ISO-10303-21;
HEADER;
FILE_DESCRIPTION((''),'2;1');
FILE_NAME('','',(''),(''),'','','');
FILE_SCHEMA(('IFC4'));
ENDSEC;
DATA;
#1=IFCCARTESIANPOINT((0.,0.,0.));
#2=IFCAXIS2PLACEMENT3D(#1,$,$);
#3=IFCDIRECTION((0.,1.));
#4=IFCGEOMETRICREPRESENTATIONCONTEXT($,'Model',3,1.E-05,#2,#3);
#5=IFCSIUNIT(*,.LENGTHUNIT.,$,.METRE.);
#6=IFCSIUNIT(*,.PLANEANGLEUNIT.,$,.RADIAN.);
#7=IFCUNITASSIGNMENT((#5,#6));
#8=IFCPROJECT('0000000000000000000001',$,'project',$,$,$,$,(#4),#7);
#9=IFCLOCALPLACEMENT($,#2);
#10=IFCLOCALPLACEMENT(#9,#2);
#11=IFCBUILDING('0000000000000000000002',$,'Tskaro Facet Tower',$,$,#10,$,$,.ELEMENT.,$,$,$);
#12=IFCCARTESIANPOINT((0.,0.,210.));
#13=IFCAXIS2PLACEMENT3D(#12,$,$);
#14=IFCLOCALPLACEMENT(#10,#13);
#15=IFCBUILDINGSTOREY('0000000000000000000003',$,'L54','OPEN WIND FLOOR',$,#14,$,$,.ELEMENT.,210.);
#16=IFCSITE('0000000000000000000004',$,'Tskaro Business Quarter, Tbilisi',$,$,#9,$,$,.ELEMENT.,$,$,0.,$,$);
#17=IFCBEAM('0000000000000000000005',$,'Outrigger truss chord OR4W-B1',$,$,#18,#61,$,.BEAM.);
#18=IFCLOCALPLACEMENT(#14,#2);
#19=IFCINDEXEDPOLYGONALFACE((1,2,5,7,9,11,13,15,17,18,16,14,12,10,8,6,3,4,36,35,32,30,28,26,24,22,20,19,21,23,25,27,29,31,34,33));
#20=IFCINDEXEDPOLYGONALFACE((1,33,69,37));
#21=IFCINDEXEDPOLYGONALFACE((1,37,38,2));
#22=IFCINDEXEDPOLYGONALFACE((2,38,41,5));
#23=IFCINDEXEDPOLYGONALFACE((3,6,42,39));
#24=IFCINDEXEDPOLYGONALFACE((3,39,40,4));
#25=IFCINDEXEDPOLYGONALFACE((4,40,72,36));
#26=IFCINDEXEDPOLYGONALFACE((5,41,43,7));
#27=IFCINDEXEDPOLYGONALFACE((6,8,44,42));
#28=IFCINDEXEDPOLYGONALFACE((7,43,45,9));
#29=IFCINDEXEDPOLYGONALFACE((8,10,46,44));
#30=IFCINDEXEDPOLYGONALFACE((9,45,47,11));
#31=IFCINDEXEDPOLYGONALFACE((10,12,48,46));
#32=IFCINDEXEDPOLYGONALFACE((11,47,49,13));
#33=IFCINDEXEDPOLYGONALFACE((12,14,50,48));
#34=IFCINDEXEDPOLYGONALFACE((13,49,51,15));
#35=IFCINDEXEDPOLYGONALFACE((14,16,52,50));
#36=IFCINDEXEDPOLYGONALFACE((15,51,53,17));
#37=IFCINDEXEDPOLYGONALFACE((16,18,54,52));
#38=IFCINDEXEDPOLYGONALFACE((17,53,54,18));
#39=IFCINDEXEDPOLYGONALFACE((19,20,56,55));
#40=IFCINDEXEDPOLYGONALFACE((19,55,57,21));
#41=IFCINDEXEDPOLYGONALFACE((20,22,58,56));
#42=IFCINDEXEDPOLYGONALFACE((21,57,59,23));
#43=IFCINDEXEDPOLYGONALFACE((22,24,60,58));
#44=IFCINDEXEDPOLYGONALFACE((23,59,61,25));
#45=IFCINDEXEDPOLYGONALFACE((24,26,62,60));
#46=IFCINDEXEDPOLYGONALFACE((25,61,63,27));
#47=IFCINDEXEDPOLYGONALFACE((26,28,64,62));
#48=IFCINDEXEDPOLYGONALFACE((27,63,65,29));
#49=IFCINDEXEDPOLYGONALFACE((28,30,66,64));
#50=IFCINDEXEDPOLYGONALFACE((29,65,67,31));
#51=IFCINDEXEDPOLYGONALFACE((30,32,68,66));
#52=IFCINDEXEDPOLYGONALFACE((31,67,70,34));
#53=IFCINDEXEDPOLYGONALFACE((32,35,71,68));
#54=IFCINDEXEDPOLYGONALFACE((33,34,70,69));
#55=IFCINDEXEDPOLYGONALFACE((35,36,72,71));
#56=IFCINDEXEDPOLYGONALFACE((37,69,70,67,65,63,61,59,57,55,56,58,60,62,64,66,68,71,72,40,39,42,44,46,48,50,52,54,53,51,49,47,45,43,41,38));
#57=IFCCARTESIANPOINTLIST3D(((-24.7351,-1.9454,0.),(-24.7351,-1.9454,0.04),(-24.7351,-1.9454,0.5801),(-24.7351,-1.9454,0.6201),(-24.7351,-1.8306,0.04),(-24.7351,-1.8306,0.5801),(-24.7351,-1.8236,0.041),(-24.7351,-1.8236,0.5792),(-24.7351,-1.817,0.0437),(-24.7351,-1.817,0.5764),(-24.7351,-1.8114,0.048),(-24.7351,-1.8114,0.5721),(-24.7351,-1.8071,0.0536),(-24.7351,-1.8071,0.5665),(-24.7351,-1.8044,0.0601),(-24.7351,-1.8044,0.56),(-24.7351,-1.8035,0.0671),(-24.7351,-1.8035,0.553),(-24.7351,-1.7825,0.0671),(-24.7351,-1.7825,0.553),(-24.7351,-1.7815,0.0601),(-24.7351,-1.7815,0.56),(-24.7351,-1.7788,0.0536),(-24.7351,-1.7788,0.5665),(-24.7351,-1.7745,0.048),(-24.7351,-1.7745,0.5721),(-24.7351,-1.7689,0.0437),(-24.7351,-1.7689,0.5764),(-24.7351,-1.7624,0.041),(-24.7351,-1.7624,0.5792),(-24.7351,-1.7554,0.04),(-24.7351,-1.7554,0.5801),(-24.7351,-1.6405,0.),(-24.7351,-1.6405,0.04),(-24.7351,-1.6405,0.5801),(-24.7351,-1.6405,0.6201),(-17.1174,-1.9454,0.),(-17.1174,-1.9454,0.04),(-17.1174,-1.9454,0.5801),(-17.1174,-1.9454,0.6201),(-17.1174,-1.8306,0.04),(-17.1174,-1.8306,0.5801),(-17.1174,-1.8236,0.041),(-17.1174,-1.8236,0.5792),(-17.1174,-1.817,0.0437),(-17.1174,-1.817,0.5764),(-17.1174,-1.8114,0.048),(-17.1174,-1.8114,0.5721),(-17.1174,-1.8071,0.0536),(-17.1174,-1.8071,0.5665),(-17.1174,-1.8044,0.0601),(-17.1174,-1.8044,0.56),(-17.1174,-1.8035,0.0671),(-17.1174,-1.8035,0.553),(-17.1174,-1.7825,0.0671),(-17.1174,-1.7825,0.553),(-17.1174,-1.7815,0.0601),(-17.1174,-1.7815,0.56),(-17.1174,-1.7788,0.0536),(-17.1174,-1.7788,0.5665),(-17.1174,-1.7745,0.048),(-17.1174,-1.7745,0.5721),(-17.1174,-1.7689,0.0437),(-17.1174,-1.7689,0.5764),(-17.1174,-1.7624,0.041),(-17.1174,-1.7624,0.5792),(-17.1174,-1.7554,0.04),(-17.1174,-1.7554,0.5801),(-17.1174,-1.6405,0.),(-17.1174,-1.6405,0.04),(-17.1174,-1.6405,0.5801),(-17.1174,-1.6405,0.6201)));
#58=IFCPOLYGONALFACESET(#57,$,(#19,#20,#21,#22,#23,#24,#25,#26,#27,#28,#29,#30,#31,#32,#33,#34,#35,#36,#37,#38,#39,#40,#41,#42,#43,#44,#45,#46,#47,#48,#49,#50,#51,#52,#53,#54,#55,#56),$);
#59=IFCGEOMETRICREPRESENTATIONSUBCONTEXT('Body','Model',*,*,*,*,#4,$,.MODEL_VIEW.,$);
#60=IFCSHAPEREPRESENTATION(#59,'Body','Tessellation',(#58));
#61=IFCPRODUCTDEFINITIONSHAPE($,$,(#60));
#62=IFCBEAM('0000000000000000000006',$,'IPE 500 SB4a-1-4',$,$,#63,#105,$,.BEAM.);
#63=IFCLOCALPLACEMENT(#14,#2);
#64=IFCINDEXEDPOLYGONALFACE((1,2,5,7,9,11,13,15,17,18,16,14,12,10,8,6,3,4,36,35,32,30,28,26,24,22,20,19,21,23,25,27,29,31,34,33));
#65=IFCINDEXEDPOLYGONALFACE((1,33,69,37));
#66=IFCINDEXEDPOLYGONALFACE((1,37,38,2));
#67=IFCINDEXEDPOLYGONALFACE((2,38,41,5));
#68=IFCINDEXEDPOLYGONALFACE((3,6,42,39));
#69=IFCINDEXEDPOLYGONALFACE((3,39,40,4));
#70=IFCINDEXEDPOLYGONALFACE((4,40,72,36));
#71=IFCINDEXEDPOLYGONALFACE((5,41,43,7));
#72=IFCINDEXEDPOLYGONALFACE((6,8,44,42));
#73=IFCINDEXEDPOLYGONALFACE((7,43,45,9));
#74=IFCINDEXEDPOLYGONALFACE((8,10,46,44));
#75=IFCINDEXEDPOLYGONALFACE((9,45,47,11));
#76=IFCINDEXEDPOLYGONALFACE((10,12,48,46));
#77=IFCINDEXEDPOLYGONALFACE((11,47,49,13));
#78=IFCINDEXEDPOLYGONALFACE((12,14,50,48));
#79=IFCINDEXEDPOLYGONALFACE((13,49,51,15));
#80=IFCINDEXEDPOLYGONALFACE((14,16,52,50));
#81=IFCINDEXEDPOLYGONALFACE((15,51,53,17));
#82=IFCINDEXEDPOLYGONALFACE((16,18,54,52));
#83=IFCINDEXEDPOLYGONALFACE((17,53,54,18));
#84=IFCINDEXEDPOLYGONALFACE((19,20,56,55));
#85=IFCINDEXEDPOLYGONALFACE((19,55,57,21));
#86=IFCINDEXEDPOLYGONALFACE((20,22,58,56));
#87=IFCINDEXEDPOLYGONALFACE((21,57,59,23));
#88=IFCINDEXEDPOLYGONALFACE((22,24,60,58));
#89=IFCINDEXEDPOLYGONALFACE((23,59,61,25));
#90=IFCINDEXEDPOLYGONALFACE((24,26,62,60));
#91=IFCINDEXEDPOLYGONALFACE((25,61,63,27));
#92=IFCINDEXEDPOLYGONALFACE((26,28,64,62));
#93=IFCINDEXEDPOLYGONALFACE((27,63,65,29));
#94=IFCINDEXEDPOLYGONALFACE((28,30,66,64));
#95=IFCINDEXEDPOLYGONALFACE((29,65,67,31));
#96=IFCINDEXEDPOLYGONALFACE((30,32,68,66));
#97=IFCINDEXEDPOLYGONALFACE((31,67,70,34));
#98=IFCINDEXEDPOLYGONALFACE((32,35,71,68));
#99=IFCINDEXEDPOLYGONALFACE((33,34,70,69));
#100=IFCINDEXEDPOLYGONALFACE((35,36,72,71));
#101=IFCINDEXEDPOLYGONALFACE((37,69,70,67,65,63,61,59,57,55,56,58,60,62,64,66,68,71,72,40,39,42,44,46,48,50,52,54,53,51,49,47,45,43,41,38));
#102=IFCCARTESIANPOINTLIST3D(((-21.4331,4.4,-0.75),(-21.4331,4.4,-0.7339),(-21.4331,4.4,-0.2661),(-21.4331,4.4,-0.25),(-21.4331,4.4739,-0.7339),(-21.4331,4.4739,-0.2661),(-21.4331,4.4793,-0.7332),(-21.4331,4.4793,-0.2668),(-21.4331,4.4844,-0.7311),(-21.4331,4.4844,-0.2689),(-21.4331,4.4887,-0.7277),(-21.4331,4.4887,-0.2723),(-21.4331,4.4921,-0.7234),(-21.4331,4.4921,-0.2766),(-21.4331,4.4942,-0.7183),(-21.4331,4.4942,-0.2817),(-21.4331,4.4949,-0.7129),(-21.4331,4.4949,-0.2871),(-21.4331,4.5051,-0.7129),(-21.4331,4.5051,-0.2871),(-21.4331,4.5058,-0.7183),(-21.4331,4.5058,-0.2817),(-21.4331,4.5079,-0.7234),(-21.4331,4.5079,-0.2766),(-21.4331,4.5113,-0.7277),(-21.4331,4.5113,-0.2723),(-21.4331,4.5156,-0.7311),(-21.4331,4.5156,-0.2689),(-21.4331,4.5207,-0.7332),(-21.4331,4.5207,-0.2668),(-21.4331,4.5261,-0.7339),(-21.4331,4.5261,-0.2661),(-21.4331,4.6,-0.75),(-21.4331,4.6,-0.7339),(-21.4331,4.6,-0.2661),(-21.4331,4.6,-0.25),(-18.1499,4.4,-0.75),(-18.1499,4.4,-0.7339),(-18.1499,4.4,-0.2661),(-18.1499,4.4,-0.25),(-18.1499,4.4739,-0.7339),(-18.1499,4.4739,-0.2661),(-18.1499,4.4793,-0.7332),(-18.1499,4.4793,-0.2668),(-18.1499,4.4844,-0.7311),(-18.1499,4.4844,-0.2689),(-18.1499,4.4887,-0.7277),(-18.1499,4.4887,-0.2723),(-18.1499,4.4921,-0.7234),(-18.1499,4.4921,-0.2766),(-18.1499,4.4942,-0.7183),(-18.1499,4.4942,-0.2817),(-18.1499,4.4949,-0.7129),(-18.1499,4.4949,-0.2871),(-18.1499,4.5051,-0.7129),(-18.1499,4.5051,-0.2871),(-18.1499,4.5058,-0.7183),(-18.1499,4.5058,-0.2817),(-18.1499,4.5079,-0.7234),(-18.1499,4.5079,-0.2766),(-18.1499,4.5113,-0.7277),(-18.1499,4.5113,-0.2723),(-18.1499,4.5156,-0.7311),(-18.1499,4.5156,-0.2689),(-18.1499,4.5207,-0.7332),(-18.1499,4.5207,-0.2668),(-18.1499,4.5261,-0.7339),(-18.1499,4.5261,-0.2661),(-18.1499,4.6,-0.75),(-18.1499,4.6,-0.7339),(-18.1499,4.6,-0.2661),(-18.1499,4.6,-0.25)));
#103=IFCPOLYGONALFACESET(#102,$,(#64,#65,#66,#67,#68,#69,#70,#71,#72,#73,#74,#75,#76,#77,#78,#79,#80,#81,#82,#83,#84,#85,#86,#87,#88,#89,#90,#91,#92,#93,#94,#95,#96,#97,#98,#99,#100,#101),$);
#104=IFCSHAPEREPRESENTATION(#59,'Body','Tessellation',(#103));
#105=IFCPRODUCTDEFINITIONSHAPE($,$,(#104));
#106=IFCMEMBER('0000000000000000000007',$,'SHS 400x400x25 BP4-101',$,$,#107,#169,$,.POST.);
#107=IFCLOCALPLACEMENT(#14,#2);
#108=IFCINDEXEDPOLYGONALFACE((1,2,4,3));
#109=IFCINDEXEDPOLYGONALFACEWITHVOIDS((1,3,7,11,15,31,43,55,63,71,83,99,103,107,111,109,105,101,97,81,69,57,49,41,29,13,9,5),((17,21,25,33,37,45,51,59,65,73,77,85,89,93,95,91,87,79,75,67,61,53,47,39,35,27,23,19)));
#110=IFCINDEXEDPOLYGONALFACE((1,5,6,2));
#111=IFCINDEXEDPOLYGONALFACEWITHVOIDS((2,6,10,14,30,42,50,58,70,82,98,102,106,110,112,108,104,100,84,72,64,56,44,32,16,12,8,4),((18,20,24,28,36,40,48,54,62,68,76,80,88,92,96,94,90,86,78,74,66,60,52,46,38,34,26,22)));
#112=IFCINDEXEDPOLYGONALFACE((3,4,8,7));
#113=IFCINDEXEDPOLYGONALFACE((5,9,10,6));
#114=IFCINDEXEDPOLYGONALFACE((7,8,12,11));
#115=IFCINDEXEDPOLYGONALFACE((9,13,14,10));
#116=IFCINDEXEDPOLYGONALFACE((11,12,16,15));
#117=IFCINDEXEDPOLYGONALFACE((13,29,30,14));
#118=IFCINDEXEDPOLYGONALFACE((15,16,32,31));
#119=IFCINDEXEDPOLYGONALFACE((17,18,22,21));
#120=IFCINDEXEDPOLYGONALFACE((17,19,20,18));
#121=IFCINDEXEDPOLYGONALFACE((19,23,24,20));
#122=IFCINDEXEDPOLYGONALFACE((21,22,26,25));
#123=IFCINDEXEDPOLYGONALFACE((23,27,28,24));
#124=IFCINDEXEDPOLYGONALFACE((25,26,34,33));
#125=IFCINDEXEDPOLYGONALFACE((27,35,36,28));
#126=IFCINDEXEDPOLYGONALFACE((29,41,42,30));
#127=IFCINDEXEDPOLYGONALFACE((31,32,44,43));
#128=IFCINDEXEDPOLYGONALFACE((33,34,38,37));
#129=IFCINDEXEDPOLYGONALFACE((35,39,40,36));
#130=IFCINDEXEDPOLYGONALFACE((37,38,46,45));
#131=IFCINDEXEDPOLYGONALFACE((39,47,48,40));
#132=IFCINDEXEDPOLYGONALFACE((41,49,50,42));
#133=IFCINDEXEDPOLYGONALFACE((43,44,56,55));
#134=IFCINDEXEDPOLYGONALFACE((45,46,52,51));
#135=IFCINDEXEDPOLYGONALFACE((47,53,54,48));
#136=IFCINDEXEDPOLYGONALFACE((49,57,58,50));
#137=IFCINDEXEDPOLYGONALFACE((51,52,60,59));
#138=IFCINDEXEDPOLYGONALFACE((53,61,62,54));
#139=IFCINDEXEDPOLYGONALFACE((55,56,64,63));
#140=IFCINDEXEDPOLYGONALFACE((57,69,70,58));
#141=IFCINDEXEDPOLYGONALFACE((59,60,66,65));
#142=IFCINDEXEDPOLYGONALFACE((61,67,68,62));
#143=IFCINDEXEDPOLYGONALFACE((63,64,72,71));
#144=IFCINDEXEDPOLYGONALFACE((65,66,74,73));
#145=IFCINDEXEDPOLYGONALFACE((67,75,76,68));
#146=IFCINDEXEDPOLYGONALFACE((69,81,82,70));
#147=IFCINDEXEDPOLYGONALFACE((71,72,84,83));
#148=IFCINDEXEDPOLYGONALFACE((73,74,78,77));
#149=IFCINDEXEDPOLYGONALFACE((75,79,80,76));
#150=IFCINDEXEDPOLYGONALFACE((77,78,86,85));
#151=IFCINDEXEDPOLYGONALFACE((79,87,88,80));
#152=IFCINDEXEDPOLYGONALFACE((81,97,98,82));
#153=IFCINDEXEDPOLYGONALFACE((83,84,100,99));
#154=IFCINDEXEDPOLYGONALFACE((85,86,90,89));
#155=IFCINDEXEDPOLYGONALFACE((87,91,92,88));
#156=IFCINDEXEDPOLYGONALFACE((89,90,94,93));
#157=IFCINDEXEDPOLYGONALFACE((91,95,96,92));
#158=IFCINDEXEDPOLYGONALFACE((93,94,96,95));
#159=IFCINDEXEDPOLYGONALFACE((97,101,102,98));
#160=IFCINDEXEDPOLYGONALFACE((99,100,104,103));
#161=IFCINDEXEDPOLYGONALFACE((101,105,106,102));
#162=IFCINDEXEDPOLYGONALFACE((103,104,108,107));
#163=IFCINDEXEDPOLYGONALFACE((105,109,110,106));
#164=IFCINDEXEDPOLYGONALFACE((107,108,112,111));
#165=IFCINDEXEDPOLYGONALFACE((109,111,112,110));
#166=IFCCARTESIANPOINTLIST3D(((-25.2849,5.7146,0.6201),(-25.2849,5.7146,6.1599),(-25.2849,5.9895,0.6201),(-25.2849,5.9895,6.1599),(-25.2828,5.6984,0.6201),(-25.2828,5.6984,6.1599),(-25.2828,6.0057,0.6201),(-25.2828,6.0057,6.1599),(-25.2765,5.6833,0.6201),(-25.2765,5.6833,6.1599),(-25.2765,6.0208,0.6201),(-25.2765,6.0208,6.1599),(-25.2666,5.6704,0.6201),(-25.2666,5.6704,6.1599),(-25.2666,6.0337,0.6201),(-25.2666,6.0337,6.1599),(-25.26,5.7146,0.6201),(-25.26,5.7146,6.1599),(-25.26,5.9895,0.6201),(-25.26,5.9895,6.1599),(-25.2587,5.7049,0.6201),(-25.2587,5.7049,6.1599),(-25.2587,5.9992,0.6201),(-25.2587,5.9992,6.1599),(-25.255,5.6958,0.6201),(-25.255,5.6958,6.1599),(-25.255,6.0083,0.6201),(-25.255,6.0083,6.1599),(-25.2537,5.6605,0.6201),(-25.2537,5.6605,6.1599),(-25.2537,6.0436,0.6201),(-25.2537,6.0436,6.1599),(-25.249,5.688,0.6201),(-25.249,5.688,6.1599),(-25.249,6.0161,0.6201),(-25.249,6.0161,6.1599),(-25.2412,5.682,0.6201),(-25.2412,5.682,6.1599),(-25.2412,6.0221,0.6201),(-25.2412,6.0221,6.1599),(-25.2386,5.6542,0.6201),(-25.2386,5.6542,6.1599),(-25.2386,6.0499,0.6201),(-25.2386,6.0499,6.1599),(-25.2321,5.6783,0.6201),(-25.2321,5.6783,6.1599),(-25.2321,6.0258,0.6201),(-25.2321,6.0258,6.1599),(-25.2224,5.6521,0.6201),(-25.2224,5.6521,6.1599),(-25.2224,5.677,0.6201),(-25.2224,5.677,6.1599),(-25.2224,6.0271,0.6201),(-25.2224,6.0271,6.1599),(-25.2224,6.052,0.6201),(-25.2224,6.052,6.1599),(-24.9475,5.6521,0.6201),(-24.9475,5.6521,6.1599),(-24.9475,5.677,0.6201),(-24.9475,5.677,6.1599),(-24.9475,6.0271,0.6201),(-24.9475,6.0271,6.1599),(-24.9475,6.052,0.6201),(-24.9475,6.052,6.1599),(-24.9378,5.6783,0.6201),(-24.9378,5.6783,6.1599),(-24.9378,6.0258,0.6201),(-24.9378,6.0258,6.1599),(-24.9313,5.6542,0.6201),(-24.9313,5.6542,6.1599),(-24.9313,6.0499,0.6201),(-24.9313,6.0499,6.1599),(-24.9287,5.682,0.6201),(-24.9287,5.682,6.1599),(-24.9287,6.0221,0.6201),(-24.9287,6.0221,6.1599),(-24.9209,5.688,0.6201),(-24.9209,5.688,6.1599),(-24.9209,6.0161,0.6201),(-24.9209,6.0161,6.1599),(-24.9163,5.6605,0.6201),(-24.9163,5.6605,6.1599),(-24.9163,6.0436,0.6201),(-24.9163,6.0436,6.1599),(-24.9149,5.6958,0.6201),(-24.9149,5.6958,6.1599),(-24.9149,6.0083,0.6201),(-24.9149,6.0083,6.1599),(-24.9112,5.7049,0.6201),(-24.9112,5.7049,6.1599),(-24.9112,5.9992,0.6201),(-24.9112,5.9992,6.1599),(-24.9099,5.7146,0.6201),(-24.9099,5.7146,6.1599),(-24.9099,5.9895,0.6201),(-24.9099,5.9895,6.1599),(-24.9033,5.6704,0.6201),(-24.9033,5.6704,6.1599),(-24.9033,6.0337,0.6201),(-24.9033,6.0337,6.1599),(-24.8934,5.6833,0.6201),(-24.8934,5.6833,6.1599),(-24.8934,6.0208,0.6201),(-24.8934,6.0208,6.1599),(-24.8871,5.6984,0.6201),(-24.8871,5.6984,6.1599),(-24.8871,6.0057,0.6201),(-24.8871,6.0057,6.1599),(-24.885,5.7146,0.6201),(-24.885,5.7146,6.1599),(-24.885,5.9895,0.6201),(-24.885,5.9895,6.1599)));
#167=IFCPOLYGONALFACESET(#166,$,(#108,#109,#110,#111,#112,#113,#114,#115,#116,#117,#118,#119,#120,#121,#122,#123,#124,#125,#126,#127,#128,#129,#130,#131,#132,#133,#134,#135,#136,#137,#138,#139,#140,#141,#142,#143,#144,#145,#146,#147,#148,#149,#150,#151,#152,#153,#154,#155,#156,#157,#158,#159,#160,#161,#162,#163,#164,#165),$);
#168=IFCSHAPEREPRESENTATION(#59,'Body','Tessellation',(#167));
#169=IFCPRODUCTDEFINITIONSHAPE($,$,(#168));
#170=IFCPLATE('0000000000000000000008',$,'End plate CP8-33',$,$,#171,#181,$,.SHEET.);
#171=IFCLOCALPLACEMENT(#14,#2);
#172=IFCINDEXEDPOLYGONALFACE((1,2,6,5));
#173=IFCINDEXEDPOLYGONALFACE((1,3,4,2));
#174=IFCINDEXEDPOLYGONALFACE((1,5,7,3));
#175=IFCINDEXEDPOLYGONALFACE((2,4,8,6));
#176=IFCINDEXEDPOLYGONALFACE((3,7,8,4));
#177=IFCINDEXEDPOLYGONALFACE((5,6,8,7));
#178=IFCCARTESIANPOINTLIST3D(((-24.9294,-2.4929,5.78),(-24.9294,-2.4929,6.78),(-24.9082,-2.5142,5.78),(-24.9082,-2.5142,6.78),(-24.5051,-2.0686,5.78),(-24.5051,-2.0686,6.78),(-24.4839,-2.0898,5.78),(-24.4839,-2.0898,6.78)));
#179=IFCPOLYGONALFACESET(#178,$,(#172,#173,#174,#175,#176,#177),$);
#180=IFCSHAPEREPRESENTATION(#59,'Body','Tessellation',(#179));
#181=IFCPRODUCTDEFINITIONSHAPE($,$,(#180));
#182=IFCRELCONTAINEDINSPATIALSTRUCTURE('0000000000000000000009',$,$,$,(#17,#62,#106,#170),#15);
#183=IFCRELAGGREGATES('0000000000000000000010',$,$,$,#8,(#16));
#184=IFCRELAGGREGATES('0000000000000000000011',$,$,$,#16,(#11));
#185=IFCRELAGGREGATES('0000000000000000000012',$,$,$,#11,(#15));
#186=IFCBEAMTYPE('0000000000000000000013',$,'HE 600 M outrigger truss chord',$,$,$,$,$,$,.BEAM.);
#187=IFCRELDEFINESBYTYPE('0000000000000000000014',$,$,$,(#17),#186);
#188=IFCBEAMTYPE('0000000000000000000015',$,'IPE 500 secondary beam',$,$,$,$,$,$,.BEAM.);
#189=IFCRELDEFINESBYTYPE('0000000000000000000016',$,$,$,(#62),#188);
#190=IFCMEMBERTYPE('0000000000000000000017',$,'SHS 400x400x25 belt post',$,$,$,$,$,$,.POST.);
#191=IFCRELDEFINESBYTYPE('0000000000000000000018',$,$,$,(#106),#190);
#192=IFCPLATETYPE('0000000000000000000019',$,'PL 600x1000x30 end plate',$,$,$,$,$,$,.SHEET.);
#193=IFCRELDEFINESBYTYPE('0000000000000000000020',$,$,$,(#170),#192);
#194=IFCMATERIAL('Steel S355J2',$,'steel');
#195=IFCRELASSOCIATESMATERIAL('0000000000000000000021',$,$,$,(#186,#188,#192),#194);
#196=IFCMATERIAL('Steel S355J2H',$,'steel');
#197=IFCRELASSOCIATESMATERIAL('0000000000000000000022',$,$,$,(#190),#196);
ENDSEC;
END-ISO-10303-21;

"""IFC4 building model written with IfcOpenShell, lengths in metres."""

from ifc_helpers import new_model, si_unit, direction, frame, origin, origin_2d, place, context, subcontext, project, spatial, rectangle, hollow_rectangle, i_section, extrude, material, material_profile, profile_set, type_object, element, save


model = new_model("IFC4")

# Units and contexts
model_context = context("Model", 3, precision=1e-05, world=origin(), true_north=direction((0.0, 1.0)))
body_context = subcontext(model_context, "Body", "Model", "MODEL_VIEW")
ifc_project = project(units=[si_unit("LENGTHUNIT", "METRE"), si_unit("PLANEANGLEUNIT", "RADIAN")], contexts=[model_context])

# Site, building, storey
site_placement = place(None, origin())
site = spatial("IfcSite", under=ifc_project, at=site_placement, Name="Tskaro Business Quarter, Tbilisi", CompositionType="ELEMENT", RefElevation=0.0)
building_placement = place(site_placement, origin())
building = spatial("IfcBuilding", under=site, at=building_placement, Name="Tskaro Facet Tower", CompositionType="ELEMENT")
storey_placement = place(building_placement, frame((0.0, 0.0, 210.0)))
storey = spatial("IfcBuildingStorey", under=building, at=storey_placement, Name="L54", Description="OPEN WIND FLOOR", CompositionType="ELEMENT", Elevation=210.0)

# Shared definitions
ifc_material_1 = material(Name="Steel S355J2H", Category="steel")

# Shared definitions
ifc_material_2 = material(Name="Steel S355J2", Category="steel")

# Beams
ifc_material_profile_1 = material_profile(ifc_material_2, i_section(OverallWidth=0.3049, OverallDepth=0.6201, WebThickness=0.021, FlangeThickness=0.04, FilletRadius=0.0271, at=origin_2d()), Name="HE 600 M")
ifc_profile_set_1 = profile_set([ifc_material_profile_1], Name="Steel S355J2")
beam_type_1 = type_object("IfcBeamType", Name="HE 600 M outrigger truss chord", PredefinedType="BEAM", material=ifc_profile_set_1)
for number, where, z_axis, x_axis, name in (
    (1, (-24.7351, -1.793, 0.3101), (1.0, 0.0, 0.0), (0.0, 1.0, 0.0), "Outrigger truss chord OR4W-B1"),
):
    element("IfcBeam", number, at=place(storey_placement, frame(where, z_axis=z_axis, x_axis=x_axis)), inside=storey, type_object=beam_type_1, Name=name, PredefinedType="BEAM", context=body_context, shape_type="SweptSolid", body=[
        extrude(i_section(OverallWidth=0.3049, OverallDepth=0.6201, WebThickness=0.021, FlangeThickness=0.04, FilletRadius=0.0271, at=origin_2d()), origin(), (0.0, 0.0, 1.0), 7.6177),
    ])
ifc_material_profile_2 = material_profile(ifc_material_2, i_section(OverallWidth=0.2, OverallDepth=0.5, WebThickness=0.0103, FlangeThickness=0.0161, FilletRadius=0.021, at=origin_2d()), Name="IPE 500")
ifc_profile_set_2 = profile_set([ifc_material_profile_2], Name="Steel S355J2")
beam_type_2 = type_object("IfcBeamType", Name="IPE 500 secondary beam", PredefinedType="BEAM", material=ifc_profile_set_2)
beam_1_placement = place(storey_placement, frame((-21.4331, 4.5, -0.5), z_axis=(1.0, 0.0, 0.0), x_axis=(0.0, 1.0, 0.0)))
element("IfcBeam", 2, at=beam_1_placement, inside=storey, type_object=beam_type_2, Name="IPE 500 SB4a-1-4", PredefinedType="BEAM", context=body_context, shape_type="SweptSolid", body=[
    extrude(i_section(OverallWidth=0.2, OverallDepth=0.5, WebThickness=0.0103, FlangeThickness=0.0161, FilletRadius=0.021, at=origin_2d()), origin(), (0.0, 0.0, 1.0), 3.2832),
])

# Member
ifc_material_profile_3 = material_profile(ifc_material_1, hollow_rectangle(XDim=0.3999, YDim=0.3999, WallThickness=0.0249, InnerFilletRadius=0.0376, OuterFilletRadius=0.0625, at=origin_2d()), Name="SHS 400x400x25")
ifc_profile_set_3 = profile_set([ifc_material_profile_3], Name="Steel S355J2H")
member_type_1 = type_object("IfcMemberType", Name="SHS 400x400x25 belt post", PredefinedType="POST", material=ifc_profile_set_3)
member_1_placement = place(storey_placement, frame((-25.085, 5.8521, 0.6201), z_axis=(0.0, 0.0, 1.0), x_axis=(1.0, 0.0, 0.0)))
element("IfcMember", 3, at=member_1_placement, inside=storey, type_object=member_type_1, Name="SHS 400x400x25 BP4-101", PredefinedType="POST", context=body_context, shape_type="SweptSolid", body=[
    extrude(hollow_rectangle(XDim=0.3999, YDim=0.3999, WallThickness=0.0249, InnerFilletRadius=0.0376, OuterFilletRadius=0.0625, at=origin_2d()), origin(), (0.0, 0.0, 1.0), 5.5398),
])

# Plate
ifc_material_profile_4 = material_profile(ifc_material_2, rectangle(XDim=0.6001, YDim=1.0, at=origin_2d()), Name="PL 600x1000x30 end plate")
ifc_profile_set_4 = profile_set([ifc_material_profile_4], Name="Steel S355J2")
plate_type = type_object("IfcPlateType", Name="PL 600x1000x30 end plate", PredefinedType="SHEET", material=ifc_profile_set_4)
plate_1_placement = place(storey_placement, frame((-24.696, -2.302, 6.28), z_axis=(-0.707107, 0.707107, 0.0), x_axis=(-0.707107, -0.707107, 0.0)))
element("IfcPlate", 4, at=plate_1_placement, inside=storey, type_object=plate_type, Name="End plate CP8-33", PredefinedType="SHEET", context=body_context, shape_type="SweptSolid", body=[
    extrude(rectangle(XDim=0.6001, YDim=1.0, at=origin_2d()), origin(), (0.0, 0.0, 1.0), 0.03),
])

save(model, "model.ifc")
